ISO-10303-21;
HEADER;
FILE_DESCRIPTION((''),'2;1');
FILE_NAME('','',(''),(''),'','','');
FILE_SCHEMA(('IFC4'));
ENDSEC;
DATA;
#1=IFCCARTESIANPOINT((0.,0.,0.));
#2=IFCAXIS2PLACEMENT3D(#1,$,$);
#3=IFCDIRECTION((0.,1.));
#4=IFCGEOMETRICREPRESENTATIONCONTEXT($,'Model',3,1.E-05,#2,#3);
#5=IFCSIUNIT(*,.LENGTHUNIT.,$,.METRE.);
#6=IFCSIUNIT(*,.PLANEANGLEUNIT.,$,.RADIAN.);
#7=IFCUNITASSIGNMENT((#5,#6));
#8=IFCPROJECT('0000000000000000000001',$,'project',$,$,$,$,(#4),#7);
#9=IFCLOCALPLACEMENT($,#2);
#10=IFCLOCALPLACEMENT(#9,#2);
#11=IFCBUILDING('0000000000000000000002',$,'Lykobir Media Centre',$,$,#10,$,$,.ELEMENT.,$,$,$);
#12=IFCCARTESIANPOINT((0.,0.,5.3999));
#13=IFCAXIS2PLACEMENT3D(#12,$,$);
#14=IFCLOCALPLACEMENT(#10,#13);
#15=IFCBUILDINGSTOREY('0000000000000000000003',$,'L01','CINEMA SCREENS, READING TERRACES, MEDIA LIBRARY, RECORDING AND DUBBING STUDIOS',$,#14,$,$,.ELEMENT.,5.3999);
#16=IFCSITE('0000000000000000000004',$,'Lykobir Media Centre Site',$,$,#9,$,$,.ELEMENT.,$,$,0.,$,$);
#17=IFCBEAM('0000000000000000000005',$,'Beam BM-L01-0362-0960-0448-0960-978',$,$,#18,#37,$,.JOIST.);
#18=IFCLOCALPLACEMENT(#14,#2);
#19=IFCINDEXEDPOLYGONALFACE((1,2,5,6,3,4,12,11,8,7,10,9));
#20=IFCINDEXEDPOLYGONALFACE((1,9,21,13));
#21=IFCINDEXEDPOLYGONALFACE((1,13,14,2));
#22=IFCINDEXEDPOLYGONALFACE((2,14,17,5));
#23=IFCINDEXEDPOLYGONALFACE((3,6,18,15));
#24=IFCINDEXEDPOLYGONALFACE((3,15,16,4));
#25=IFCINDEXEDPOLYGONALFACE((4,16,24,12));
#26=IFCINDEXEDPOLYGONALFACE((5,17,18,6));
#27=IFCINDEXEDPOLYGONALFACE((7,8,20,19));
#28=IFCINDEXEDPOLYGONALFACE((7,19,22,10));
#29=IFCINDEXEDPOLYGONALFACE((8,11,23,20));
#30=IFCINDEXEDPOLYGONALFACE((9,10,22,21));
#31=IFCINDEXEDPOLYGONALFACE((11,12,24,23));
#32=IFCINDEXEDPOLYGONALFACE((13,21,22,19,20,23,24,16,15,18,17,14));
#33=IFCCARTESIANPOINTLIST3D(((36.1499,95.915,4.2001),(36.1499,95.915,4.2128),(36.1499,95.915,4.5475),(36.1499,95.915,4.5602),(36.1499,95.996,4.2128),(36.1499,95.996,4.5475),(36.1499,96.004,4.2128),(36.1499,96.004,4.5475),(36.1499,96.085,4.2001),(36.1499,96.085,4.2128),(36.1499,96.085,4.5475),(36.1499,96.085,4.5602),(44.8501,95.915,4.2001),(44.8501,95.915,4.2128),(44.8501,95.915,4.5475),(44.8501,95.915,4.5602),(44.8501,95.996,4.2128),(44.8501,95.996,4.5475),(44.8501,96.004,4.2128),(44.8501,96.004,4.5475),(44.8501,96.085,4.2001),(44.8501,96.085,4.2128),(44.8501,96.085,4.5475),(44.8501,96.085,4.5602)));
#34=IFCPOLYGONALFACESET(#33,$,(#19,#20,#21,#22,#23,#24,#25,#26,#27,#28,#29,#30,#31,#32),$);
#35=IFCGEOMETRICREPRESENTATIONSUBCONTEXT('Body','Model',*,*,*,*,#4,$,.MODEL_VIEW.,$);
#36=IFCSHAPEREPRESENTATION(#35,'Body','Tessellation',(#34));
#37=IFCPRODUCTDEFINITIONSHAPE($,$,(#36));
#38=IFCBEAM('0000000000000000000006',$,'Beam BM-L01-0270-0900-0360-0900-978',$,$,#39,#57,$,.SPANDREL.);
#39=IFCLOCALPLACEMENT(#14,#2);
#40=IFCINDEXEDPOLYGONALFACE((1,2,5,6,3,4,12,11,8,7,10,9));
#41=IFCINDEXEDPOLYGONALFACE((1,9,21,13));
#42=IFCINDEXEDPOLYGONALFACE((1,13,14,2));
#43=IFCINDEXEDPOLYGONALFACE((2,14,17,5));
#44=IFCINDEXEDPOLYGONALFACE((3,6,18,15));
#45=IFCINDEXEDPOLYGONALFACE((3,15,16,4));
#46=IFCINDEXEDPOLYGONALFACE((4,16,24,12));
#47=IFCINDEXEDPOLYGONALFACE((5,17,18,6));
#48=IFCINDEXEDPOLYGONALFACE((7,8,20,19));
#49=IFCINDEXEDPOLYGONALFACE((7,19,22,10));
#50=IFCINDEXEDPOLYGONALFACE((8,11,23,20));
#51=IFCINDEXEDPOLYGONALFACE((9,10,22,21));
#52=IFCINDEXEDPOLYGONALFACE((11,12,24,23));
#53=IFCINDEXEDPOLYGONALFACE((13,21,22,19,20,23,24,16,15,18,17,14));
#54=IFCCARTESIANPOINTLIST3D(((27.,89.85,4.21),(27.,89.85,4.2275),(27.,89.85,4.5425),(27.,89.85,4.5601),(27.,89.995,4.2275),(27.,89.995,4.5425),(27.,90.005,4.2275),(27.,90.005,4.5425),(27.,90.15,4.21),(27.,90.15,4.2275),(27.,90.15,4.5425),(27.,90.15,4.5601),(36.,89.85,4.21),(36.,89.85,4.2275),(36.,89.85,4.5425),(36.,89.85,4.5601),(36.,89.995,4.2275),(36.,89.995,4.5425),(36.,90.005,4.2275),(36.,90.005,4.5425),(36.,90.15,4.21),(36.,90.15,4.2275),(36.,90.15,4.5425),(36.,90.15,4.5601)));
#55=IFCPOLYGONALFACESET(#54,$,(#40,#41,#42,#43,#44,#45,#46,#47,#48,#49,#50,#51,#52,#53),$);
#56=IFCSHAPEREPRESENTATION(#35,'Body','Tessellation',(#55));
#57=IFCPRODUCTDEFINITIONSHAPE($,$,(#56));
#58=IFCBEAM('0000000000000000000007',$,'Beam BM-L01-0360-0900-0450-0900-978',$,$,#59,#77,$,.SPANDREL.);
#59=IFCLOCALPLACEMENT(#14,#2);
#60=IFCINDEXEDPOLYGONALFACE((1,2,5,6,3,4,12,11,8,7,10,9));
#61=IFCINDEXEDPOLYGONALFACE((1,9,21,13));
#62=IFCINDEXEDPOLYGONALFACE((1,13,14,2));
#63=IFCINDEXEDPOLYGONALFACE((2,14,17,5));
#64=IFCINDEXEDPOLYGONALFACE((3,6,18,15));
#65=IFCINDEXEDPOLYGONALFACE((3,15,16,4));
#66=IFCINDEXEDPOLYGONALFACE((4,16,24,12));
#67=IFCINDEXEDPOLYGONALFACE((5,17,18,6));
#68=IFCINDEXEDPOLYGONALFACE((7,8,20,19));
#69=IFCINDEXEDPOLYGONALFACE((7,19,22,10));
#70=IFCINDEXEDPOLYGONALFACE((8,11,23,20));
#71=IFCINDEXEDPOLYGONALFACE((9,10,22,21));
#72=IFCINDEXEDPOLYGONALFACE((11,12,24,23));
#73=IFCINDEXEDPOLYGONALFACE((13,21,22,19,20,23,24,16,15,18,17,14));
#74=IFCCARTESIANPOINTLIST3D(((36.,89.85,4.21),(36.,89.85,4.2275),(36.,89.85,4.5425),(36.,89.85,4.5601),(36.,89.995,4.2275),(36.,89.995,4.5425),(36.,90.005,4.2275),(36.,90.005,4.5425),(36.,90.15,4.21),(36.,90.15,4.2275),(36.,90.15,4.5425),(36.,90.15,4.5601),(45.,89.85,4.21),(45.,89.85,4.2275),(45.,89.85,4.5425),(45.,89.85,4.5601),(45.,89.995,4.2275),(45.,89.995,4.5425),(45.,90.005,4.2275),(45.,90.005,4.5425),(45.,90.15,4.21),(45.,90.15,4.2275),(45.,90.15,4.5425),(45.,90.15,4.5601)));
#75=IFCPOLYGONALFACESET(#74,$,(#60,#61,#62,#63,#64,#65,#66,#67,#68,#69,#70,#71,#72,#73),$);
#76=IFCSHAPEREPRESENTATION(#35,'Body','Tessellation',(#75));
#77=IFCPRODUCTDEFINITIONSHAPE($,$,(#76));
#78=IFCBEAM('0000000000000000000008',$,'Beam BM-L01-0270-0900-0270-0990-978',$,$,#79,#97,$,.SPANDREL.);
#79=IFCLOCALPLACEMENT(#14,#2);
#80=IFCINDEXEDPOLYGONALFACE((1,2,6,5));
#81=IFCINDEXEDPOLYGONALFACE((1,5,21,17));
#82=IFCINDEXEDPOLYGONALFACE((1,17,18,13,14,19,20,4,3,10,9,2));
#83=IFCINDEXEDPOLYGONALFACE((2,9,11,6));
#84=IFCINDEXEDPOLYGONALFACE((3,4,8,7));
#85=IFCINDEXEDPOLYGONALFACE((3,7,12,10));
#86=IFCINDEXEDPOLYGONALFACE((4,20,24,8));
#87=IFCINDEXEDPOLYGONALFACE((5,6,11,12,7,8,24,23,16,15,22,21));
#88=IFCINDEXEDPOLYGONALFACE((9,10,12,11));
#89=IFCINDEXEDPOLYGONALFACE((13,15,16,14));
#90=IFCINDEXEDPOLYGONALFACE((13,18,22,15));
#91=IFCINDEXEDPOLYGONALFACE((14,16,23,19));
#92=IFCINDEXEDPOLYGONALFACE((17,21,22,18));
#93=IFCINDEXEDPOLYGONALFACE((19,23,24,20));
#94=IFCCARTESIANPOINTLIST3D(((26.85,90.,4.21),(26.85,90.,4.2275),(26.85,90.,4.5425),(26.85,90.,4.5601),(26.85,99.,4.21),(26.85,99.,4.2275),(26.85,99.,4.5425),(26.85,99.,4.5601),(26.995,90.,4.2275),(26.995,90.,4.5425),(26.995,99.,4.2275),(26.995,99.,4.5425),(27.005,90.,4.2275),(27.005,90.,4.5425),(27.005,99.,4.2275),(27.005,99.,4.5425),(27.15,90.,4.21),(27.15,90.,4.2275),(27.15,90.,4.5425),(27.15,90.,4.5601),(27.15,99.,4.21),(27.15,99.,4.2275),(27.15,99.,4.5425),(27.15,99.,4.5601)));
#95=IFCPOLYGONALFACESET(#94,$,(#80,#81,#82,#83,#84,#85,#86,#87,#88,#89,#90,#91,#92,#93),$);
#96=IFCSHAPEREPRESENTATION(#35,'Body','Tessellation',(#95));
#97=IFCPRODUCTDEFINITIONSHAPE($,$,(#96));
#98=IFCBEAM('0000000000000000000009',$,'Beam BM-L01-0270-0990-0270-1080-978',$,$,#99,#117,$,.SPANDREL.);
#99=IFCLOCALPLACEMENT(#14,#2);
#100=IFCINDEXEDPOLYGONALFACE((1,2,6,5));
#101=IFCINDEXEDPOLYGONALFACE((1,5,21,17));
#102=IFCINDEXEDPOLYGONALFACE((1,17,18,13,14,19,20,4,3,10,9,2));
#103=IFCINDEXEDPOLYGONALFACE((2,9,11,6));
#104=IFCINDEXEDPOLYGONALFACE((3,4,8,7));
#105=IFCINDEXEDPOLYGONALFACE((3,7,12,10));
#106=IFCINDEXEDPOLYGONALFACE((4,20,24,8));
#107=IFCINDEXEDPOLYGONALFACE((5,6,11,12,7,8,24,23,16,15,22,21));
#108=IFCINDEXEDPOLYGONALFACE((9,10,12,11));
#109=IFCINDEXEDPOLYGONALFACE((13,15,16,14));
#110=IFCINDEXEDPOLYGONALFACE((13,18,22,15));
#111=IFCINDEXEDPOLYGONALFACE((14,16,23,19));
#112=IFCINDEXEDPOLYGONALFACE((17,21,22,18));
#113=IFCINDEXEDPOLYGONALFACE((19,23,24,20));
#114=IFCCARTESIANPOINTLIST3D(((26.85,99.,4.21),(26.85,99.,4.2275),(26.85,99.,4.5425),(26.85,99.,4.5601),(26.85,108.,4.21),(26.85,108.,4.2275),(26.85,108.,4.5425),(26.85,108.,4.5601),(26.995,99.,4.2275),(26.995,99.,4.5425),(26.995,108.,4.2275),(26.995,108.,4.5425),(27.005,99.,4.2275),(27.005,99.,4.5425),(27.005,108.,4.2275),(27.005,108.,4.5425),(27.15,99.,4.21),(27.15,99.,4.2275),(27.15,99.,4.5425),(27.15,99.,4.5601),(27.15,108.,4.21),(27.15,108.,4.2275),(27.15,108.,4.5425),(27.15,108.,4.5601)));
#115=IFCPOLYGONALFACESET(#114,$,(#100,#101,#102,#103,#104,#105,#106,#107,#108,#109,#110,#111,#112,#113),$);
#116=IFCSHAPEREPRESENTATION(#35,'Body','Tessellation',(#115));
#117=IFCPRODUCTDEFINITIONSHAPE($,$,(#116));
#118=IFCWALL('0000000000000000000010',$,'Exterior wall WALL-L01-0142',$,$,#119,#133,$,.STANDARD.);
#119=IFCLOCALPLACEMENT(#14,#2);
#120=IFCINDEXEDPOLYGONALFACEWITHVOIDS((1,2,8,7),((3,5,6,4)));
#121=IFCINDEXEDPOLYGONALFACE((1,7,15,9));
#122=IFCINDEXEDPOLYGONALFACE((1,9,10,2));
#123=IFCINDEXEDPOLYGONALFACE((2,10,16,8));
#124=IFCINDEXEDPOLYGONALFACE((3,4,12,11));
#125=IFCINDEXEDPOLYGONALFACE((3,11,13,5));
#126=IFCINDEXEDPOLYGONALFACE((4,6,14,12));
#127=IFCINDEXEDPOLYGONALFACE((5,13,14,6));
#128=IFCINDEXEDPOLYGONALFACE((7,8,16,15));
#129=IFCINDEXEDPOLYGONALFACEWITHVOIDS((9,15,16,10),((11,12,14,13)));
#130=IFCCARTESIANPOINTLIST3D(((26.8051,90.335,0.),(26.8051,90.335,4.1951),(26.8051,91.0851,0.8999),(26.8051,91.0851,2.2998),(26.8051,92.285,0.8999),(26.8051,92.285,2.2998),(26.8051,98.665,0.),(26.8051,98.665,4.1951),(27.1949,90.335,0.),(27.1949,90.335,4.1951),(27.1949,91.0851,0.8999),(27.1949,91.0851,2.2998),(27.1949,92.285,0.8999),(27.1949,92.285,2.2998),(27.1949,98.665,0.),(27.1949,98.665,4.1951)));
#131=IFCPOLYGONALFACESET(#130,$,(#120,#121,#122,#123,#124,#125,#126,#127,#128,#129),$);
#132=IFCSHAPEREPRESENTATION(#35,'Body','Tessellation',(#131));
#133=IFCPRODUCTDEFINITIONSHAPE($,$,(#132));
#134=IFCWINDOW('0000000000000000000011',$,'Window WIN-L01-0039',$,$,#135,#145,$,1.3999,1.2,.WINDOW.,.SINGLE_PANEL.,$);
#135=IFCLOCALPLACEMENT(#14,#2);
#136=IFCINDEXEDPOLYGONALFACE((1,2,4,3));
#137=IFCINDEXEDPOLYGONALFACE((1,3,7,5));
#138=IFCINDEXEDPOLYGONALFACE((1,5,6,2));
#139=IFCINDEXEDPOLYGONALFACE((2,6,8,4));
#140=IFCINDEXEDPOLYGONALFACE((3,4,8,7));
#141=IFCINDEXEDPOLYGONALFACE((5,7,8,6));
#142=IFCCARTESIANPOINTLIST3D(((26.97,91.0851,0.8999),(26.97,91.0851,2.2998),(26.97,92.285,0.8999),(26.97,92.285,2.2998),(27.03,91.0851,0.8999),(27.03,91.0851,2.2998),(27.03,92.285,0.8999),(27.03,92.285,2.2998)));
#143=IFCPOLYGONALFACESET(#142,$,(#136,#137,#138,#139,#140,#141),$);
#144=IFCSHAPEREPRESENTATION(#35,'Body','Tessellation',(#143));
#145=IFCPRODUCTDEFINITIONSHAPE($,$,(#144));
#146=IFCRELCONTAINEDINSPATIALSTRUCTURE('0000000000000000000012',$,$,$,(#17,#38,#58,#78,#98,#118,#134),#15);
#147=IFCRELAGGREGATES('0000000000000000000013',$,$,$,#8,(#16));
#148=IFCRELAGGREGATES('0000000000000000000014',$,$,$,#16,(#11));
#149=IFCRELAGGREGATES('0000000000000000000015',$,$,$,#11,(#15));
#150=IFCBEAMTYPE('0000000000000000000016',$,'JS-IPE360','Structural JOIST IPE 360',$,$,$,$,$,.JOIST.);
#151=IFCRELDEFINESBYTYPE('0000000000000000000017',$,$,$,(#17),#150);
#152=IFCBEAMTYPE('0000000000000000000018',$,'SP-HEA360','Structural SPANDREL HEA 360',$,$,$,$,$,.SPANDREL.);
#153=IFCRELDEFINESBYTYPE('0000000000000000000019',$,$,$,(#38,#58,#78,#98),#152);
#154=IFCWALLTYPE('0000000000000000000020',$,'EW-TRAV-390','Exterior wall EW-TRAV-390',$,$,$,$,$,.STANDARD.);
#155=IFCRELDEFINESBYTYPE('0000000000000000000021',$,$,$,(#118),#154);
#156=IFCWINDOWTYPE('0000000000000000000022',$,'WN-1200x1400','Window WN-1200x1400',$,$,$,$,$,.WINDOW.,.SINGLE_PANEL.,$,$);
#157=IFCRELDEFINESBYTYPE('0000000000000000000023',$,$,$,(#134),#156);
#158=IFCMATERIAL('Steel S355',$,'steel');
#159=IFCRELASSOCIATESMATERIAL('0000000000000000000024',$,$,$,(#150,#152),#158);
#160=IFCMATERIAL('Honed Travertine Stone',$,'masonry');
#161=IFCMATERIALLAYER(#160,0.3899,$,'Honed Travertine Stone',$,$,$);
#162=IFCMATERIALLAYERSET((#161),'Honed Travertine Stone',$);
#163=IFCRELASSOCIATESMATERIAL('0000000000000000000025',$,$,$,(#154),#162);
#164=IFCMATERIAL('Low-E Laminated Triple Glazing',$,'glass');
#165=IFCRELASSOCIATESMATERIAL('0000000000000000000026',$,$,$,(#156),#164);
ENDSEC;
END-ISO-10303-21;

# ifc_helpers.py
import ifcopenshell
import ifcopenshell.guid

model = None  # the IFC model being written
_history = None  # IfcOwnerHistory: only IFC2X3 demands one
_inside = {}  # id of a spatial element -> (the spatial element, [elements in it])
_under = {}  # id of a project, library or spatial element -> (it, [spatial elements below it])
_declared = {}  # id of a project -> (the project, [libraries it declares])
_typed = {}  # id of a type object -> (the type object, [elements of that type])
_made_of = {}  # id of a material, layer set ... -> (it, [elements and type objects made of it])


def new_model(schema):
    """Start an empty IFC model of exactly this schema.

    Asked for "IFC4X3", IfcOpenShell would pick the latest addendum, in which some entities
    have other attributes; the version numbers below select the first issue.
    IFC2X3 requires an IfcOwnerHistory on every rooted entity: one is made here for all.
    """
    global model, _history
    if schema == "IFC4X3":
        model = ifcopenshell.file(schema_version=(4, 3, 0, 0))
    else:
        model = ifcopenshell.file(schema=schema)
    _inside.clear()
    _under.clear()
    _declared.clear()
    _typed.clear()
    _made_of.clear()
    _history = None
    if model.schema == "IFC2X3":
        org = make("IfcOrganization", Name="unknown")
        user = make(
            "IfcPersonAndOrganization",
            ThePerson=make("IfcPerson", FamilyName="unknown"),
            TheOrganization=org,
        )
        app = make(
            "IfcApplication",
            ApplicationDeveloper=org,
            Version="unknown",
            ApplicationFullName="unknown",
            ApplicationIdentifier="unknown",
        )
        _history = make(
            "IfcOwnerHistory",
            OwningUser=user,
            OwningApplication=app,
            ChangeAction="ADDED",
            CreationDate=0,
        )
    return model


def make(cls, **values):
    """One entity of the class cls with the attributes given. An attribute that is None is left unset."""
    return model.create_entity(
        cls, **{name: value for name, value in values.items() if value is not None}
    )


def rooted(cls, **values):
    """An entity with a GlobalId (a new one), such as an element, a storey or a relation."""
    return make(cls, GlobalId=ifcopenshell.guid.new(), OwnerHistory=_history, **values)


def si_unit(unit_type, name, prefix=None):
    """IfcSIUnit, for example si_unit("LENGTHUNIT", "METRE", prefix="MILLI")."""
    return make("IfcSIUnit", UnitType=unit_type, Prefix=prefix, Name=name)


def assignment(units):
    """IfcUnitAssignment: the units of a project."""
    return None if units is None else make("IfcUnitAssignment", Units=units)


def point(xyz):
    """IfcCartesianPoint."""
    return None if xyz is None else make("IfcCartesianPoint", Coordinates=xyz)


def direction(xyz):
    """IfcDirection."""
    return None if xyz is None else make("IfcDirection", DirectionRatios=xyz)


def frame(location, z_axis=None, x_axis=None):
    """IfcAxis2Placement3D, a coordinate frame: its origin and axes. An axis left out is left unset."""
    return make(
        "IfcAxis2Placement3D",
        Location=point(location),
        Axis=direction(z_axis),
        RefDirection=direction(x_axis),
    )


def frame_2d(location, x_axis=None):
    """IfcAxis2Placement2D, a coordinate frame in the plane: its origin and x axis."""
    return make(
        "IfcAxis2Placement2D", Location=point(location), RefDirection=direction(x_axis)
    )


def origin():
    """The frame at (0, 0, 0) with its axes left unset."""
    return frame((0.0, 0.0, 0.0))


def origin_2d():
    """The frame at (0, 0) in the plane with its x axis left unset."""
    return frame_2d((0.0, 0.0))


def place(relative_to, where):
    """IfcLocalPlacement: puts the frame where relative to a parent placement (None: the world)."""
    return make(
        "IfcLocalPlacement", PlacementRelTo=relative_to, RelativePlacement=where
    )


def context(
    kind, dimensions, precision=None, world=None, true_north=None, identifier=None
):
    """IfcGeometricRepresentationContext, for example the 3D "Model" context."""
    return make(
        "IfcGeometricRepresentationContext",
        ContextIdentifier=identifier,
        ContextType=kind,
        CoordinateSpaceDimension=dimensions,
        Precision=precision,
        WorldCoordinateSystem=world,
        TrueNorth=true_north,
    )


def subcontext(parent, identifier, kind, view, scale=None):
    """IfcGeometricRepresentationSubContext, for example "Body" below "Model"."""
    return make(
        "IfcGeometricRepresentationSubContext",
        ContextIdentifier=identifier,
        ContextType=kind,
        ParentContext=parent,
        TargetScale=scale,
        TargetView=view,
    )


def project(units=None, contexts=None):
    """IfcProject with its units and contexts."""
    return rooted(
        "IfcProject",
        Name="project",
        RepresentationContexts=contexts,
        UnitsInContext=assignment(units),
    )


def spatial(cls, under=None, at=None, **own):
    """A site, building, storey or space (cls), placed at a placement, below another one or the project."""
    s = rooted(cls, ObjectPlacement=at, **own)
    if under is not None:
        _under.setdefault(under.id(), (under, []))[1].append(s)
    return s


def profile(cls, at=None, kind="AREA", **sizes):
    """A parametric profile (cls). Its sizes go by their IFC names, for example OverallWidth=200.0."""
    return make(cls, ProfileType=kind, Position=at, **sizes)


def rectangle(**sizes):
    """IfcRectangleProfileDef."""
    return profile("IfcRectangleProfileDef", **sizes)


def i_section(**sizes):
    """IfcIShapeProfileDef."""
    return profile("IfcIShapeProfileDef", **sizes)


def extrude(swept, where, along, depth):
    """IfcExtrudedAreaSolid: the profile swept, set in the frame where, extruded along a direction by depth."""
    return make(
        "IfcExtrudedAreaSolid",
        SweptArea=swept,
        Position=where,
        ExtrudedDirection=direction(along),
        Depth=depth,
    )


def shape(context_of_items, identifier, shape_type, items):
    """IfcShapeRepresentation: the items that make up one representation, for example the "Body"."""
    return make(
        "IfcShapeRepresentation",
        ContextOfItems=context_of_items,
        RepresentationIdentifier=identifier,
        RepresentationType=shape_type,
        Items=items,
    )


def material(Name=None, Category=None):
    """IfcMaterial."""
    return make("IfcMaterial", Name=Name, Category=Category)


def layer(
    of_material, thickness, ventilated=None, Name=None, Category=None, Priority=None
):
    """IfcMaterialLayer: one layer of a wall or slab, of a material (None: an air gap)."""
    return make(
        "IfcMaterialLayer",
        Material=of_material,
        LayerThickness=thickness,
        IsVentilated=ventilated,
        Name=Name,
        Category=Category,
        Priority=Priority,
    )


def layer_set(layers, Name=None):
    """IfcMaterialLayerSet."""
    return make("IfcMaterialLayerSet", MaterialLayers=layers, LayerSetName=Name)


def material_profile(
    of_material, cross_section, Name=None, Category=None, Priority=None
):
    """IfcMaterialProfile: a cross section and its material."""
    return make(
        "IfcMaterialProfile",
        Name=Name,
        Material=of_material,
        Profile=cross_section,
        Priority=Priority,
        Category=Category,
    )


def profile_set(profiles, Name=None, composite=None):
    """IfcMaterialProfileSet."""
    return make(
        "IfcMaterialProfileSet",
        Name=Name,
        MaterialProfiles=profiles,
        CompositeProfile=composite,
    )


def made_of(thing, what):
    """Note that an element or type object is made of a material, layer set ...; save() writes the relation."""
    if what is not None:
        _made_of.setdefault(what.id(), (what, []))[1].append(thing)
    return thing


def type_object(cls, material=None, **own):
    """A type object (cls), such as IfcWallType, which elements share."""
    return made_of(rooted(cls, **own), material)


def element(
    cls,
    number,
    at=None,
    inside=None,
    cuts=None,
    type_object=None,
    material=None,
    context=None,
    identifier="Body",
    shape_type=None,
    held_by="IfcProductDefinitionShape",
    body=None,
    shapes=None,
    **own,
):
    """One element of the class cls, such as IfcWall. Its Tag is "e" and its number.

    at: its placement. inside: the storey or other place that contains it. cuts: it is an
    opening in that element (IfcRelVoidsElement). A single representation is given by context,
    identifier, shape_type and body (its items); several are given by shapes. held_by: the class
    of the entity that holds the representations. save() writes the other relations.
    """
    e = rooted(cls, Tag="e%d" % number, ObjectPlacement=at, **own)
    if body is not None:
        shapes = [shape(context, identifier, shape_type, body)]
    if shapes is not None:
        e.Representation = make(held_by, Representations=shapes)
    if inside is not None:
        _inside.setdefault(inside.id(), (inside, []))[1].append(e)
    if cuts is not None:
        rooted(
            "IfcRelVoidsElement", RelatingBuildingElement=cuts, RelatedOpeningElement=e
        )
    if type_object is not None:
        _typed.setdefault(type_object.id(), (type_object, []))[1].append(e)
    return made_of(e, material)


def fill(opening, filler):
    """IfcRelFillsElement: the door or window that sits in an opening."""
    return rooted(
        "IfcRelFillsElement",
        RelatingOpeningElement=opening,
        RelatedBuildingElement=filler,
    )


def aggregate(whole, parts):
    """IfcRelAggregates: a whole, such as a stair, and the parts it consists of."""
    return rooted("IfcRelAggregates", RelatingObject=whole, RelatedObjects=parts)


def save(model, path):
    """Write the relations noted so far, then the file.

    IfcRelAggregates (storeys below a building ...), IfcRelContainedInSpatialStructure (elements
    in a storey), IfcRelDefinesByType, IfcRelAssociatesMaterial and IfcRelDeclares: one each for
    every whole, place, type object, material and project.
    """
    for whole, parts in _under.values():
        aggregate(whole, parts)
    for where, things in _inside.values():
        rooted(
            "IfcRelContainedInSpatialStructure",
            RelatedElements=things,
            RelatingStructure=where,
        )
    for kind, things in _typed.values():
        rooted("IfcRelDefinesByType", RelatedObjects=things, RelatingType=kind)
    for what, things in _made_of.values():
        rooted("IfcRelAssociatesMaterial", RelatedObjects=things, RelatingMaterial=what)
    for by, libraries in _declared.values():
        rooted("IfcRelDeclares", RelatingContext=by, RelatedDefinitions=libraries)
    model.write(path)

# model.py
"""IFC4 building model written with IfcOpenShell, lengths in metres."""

from ifc_helpers import new_model, si_unit, direction, frame, frame_2d, origin, origin_2d, place, context, subcontext, project, spatial, rectangle, i_section, extrude, material, layer, layer_set, material_profile, profile_set, type_object, element, fill, save


model = new_model("IFC4")

# Units and contexts
model_context = context("Model", 3, precision=1e-05, world=origin(), true_north=direction((0.0, 1.0)))
body_context = subcontext(model_context, "Body", "Model", "MODEL_VIEW")
ifc_project = project(units=[si_unit("LENGTHUNIT", "METRE"), si_unit("PLANEANGLEUNIT", "RADIAN")], contexts=[model_context])

# Site, building, storey
site_placement = place(None, origin())
site = spatial("IfcSite", under=ifc_project, at=site_placement, Name="Lykobir Media Centre Site", CompositionType="ELEMENT", RefElevation=0.0)
building_placement = place(site_placement, origin())
building = spatial("IfcBuilding", under=site, at=building_placement, Name="Lykobir Media Centre", CompositionType="ELEMENT")
storey_placement = place(building_placement, frame((0.0, 0.0, 5.3999)))
storey = spatial("IfcBuildingStorey", under=building, at=storey_placement, Name="L01", Description="CINEMA SCREENS, READING TERRACES, MEDIA LIBRARY, RECORDING AND DUBBING STUDIOS", CompositionType="ELEMENT", Elevation=5.3999)

# Shared definitions
ifc_material_1 = material(Name="Steel S355", Category="steel")

# Beams
ifc_material_profile_1 = material_profile(ifc_material_1, i_section(OverallWidth=0.1699, OverallDepth=0.3601, WebThickness=0.0081, FlangeThickness=0.0127, at=origin_2d()), Name="IPE 360")
ifc_profile_set_1 = profile_set([ifc_material_profile_1], Name="Steel S355")
beam_type_1 = type_object("IfcBeamType", Name="JS-IPE360", Description="Structural JOIST IPE 360", PredefinedType="JOIST", material=ifc_profile_set_1)
for number, where, z_axis, x_axis, name in (
    (1, (36.1499, 96.0, 4.3801), (1.0, 0.0, 0.0), (0.0, 1.0, 0.0), "Beam BM-L01-0362-0960-0448-0960-978"),
):
    element("IfcBeam", number, at=place(storey_placement, frame(where, z_axis=z_axis, x_axis=x_axis)), inside=storey, type_object=beam_type_1, Name=name, PredefinedType="JOIST", context=body_context, shape_type="SweptSolid", body=[
        extrude(i_section(OverallWidth=0.1699, OverallDepth=0.3601, WebThickness=0.0081, FlangeThickness=0.0127, at=origin_2d()), origin(), (0.0, 0.0, 1.0), 8.7002),
    ])
ifc_material_profile_2 = material_profile(ifc_material_1, i_section(OverallWidth=0.3, OverallDepth=0.3501, WebThickness=0.01, FlangeThickness=0.0176, at=origin_2d()), Name="HEA 360")
ifc_profile_set_2 = profile_set([ifc_material_profile_2], Name="Steel S355")
beam_type_2 = type_object("IfcBeamType", Name="SP-HEA360", Description="Structural SPANDREL HEA 360", PredefinedType="SPANDREL", material=ifc_profile_set_2)
for number, where, z_axis, x_axis, name in (
    (2, (27.0, 90.0, 4.385), (1.0, 0.0, 0.0), (0.0, 1.0, 0.0), "Beam BM-L01-0270-0900-0360-0900-978"),
    (3, (36.0, 90.0, 4.385), (1.0, 0.0, 0.0), (0.0, 1.0, 0.0), "Beam BM-L01-0360-0900-0450-0900-978"),
    (4, (27.0, 90.0, 4.385), (0.0, 1.0, 0.0), (-1.0, 0.0, 0.0), "Beam BM-L01-0270-0900-0270-0990-978"),
    (5, (27.0, 99.0, 4.385), (0.0, 1.0, 0.0), (-1.0, 0.0, 0.0), "Beam BM-L01-0270-0990-0270-1080-978"),
):
    element("IfcBeam", number, at=place(storey_placement, frame(where, z_axis=z_axis, x_axis=x_axis)), inside=storey, type_object=beam_type_2, Name=name, PredefinedType="SPANDREL", context=body_context, shape_type="SweptSolid", body=[
        extrude(i_section(OverallWidth=0.3, OverallDepth=0.3501, WebThickness=0.01, FlangeThickness=0.0176, at=origin_2d()), origin(), (0.0, 0.0, 1.0), 9.0),
    ])

# Wall, opening, window
ifc_material_2 = material(Name="Honed Travertine Stone", Category="masonry")
ifc_layer_1 = layer(ifc_material_2, 0.3899, Name="Honed Travertine Stone")
ifc_layer_set_1 = layer_set([ifc_layer_1], Name="Honed Travertine Stone")
wall_type_1 = type_object("IfcWallType", Name="EW-TRAV-390", Description="Exterior wall EW-TRAV-390", PredefinedType="STANDARD", material=ifc_layer_set_1)
wall_1_placement = place(storey_placement, frame((27.0, 98.665, 0.0), z_axis=(0.0, 0.0, 1.0), x_axis=(0.0, -1.0, 0.0)))
wall_1 = element("IfcWall", 6, at=wall_1_placement, inside=storey, type_object=wall_type_1, Name="Exterior wall WALL-L01-0142", PredefinedType="STANDARD", context=body_context, shape_type="SweptSolid", body=[
    extrude(rectangle(XDim=8.3301, YDim=0.3899, at=frame_2d((4.165, 0.0))), origin(), (0.0, 0.0, 1.0), 4.1951),
])
opening_1_placement = place(wall_1_placement, frame((6.3799, 0.0, 0.8999)))
opening_1 = element("IfcOpeningElement", 7, at=opening_1_placement, cuts=wall_1, PredefinedType="OPENING", context=body_context, shape_type="SweptSolid", body=[
    extrude(rectangle(XDim=1.2, YDim=1.3999, at=frame_2d((0.6001, 0.7))), frame((0.0, 0.2048, 0.0), z_axis=(0.0, -1.0, 0.0), x_axis=(1.0, 0.0, 0.0)), (0.0, 0.0, 1.0), 0.4099),
])
ifc_material_3 = material(Name="Low-E Laminated Triple Glazing", Category="glass")
window_type = type_object("IfcWindowType", Name="WN-1200x1400", Description="Window WN-1200x1400", PartitioningType="SINGLE_PANEL", PredefinedType="WINDOW", material=ifc_material_3)
window_placement = place(opening_1_placement, origin())
window = element("IfcWindow", 8, at=window_placement, inside=storey, type_object=window_type, Name="Window WIN-L01-0039", OverallHeight=1.3999, OverallWidth=1.2, PartitioningType="SINGLE_PANEL", PredefinedType="WINDOW", context=body_context, shape_type="SweptSolid", body=[
    extrude(rectangle(XDim=1.2, YDim=1.3999, at=frame_2d((0.6001, 0.7))), frame((0.0, 0.03, 0.0), z_axis=(0.0, -1.0, 0.0), x_axis=(1.0, 0.0, 0.0)), (0.0, 0.0, 1.0), 0.0601),
])
fill(opening_1, window)

save(model, "model.ifc")
